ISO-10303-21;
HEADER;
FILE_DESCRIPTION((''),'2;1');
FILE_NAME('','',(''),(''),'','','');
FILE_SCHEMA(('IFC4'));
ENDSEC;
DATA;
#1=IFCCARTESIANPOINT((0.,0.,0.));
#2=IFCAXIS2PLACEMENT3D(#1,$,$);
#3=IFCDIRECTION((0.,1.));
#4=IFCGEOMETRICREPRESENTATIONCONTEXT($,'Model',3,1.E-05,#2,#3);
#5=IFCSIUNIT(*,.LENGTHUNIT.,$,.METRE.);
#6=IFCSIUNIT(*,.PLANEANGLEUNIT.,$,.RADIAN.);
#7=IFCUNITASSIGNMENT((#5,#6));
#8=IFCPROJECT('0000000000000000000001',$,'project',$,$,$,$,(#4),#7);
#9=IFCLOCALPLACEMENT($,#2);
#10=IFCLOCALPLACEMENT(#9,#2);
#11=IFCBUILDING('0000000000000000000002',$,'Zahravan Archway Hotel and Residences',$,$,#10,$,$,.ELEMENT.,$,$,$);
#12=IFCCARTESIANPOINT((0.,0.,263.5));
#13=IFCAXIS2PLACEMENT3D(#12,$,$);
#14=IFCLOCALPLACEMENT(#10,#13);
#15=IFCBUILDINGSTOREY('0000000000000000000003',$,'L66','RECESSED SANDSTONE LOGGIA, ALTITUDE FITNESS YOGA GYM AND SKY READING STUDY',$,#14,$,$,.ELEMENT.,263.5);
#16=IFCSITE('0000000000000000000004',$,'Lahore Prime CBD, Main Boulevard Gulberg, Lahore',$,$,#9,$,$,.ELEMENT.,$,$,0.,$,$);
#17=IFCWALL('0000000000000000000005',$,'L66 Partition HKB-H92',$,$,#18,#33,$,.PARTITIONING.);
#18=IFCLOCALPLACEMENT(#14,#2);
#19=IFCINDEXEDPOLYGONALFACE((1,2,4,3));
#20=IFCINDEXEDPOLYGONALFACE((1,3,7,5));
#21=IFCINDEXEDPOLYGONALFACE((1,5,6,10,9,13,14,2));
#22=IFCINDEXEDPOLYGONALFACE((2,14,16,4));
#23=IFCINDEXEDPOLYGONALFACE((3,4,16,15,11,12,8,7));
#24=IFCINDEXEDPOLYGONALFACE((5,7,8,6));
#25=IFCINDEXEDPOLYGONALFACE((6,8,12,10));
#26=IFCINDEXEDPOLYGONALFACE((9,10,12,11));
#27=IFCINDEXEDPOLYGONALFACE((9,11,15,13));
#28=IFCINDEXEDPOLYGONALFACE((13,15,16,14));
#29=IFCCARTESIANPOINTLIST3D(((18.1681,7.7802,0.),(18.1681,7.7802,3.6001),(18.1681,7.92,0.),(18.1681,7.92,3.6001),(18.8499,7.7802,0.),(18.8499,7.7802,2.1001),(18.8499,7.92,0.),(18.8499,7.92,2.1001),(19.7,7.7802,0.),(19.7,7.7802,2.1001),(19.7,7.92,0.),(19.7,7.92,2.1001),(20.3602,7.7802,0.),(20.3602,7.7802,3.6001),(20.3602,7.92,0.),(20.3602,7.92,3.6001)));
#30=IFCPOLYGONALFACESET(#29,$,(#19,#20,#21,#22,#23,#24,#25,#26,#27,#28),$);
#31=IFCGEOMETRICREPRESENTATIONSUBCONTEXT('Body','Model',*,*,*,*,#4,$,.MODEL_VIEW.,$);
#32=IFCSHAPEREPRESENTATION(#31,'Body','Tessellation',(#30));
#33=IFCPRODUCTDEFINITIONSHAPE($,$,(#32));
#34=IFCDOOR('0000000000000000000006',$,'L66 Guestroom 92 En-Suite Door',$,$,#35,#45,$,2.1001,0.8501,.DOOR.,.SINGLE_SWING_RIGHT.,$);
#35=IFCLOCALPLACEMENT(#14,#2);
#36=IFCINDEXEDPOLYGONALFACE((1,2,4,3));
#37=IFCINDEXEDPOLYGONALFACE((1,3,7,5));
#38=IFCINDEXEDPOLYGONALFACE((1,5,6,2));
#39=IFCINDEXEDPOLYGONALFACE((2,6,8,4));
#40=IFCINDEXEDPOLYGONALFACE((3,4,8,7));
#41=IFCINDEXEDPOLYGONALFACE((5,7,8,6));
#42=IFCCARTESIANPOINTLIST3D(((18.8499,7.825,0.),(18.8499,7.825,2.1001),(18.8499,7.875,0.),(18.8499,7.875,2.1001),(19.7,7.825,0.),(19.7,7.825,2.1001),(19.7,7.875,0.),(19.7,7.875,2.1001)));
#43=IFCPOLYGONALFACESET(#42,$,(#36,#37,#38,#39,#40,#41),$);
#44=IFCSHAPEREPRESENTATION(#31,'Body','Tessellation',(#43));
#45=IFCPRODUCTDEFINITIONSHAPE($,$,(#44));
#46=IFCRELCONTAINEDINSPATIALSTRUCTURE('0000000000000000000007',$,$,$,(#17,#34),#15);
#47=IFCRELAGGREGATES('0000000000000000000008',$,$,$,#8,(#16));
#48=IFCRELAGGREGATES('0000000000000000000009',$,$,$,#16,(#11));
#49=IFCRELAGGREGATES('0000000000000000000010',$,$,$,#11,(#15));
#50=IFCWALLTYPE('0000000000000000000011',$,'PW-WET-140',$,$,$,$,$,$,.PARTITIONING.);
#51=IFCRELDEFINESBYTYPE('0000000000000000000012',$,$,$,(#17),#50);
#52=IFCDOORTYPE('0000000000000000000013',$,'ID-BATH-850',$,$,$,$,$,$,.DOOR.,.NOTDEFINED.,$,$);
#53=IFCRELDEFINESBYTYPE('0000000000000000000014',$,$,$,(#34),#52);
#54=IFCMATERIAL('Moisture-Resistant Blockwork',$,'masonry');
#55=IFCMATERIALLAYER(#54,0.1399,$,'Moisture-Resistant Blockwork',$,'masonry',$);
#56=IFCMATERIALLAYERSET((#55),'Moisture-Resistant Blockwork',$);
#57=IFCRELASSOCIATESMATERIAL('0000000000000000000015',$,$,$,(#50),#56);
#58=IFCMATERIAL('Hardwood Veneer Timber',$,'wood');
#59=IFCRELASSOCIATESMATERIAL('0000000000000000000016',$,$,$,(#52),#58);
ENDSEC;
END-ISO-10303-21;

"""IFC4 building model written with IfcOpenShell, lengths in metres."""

from ifc_helpers import new_model, si_unit, direction, frame, frame_2d, origin, place, context, subcontext, project, spatial, rectangle, extrude, source, transform, mapped, material, layer, layer_set, type_object, type_shapes, element, fill, save


model = new_model("IFC4")

# Units and contexts
model_context = context("Model", 3, precision=1e-05, world=origin(), true_north=direction((0.0, 1.0)))
body_context = subcontext(model_context, "Body", "Model", "MODEL_VIEW")
ifc_project = project(units=[si_unit("LENGTHUNIT", "METRE"), si_unit("PLANEANGLEUNIT", "RADIAN")], contexts=[model_context])

# Site, building, storey
site_placement = place(None, origin())
site = spatial("IfcSite", under=ifc_project, at=site_placement, Name="Lahore Prime CBD, Main Boulevard Gulberg, Lahore", CompositionType="ELEMENT", RefElevation=0.0)
building_placement = place(site_placement, origin())
building = spatial("IfcBuilding", under=site, at=building_placement, Name="Zahravan Archway Hotel and Residences", CompositionType="ELEMENT")
storey_placement = place(building_placement, frame((0.0, 0.0, 263.5)))
storey = spatial("IfcBuildingStorey", under=building, at=storey_placement, Name="L66", Description="RECESSED SANDSTONE LOGGIA, ALTITUDE FITNESS YOGA GYM AND SKY READING STUDY", CompositionType="ELEMENT", Elevation=263.5)

# Shared definitions
ifc_material_1 = material(Name="Hardwood Veneer Timber", Category="wood")

# Shared definitions
ifc_material_2 = material(Name="Moisture-Resistant Blockwork", Category="masonry")
ifc_layer_1 = layer(ifc_material_2, 0.1399, Name="Moisture-Resistant Blockwork", Category="masonry")
ifc_layer_set_1 = layer_set([ifc_layer_1], Name="Moisture-Resistant Blockwork")
wall_type_1 = type_object("IfcWallType", Name="PW-WET-140", PredefinedType="PARTITIONING", material=ifc_layer_set_1)

# Wall, opening, door
wall_1_placement = place(storey_placement, frame((18.168, 7.8501, 0.0), z_axis=(0.0, 0.0, 1.0), x_axis=(1.0, 0.0, 0.0)))
wall_1 = element("IfcWall", 1, at=wall_1_placement, inside=storey, type_object=wall_type_1, Name="L66 Partition HKB-H92", PredefinedType="PARTITIONING", context=body_context, shape_type="SweptSolid", body=[
    extrude(rectangle(XDim=2.1921, YDim=0.1399, at=frame_2d((1.0962, 0.0))), origin(), (0.0, 0.0, 1.0), 3.6001),
])
opening_1_placement = place(wall_1_placement, frame((0.6819, 0.0, 0.0)))
opening_1 = element("IfcOpeningElement", 2, at=opening_1_placement, cuts=wall_1, PredefinedType="OPENING", context=body_context, shape_type="SweptSolid", body=[
    extrude(rectangle(XDim=0.8501, YDim=2.1001, at=frame_2d((0.425, 1.05))), frame((0.0, 0.0801, 0.0), z_axis=(0.0, -1.0, 0.0), x_axis=(1.0, 0.0, 0.0)), (0.0, 0.0, 1.0), 0.1599),
])
door_type_1 = type_object("IfcDoorType", Name="ID-BATH-850", OperationType="NOTDEFINED", PredefinedType="DOOR", material=ifc_material_1)
shared_shape_1 = source(origin(), body_context, "Body", "SweptSolid", [
    extrude(rectangle(XDim=0.8501, YDim=2.1001, at=frame_2d((0.425, 1.05))), frame((0.0, 0.0249, 0.0), z_axis=(0.0, -1.0, 0.0), x_axis=(1.0, 0.0, 0.0)), (0.0, 0.0, 1.0), 0.05),
])
type_shapes(door_type_1, [shared_shape_1])
door_1_placement = place(opening_1_placement, origin())
door_1 = element("IfcDoor", 3, at=door_1_placement, inside=storey, type_object=door_type_1, Name="L66 Guestroom 92 En-Suite Door", OperationType="SINGLE_SWING_RIGHT", OverallHeight=2.1001, OverallWidth=0.8501, PredefinedType="DOOR", context=body_context, shape_type="MappedRepresentation", body=[
    mapped(shared_shape_1, transform((0.0, 0.0, 0.0), scale=1.0)),
])
fill(opening_1, door_1)

save(model, "model.ifc")
